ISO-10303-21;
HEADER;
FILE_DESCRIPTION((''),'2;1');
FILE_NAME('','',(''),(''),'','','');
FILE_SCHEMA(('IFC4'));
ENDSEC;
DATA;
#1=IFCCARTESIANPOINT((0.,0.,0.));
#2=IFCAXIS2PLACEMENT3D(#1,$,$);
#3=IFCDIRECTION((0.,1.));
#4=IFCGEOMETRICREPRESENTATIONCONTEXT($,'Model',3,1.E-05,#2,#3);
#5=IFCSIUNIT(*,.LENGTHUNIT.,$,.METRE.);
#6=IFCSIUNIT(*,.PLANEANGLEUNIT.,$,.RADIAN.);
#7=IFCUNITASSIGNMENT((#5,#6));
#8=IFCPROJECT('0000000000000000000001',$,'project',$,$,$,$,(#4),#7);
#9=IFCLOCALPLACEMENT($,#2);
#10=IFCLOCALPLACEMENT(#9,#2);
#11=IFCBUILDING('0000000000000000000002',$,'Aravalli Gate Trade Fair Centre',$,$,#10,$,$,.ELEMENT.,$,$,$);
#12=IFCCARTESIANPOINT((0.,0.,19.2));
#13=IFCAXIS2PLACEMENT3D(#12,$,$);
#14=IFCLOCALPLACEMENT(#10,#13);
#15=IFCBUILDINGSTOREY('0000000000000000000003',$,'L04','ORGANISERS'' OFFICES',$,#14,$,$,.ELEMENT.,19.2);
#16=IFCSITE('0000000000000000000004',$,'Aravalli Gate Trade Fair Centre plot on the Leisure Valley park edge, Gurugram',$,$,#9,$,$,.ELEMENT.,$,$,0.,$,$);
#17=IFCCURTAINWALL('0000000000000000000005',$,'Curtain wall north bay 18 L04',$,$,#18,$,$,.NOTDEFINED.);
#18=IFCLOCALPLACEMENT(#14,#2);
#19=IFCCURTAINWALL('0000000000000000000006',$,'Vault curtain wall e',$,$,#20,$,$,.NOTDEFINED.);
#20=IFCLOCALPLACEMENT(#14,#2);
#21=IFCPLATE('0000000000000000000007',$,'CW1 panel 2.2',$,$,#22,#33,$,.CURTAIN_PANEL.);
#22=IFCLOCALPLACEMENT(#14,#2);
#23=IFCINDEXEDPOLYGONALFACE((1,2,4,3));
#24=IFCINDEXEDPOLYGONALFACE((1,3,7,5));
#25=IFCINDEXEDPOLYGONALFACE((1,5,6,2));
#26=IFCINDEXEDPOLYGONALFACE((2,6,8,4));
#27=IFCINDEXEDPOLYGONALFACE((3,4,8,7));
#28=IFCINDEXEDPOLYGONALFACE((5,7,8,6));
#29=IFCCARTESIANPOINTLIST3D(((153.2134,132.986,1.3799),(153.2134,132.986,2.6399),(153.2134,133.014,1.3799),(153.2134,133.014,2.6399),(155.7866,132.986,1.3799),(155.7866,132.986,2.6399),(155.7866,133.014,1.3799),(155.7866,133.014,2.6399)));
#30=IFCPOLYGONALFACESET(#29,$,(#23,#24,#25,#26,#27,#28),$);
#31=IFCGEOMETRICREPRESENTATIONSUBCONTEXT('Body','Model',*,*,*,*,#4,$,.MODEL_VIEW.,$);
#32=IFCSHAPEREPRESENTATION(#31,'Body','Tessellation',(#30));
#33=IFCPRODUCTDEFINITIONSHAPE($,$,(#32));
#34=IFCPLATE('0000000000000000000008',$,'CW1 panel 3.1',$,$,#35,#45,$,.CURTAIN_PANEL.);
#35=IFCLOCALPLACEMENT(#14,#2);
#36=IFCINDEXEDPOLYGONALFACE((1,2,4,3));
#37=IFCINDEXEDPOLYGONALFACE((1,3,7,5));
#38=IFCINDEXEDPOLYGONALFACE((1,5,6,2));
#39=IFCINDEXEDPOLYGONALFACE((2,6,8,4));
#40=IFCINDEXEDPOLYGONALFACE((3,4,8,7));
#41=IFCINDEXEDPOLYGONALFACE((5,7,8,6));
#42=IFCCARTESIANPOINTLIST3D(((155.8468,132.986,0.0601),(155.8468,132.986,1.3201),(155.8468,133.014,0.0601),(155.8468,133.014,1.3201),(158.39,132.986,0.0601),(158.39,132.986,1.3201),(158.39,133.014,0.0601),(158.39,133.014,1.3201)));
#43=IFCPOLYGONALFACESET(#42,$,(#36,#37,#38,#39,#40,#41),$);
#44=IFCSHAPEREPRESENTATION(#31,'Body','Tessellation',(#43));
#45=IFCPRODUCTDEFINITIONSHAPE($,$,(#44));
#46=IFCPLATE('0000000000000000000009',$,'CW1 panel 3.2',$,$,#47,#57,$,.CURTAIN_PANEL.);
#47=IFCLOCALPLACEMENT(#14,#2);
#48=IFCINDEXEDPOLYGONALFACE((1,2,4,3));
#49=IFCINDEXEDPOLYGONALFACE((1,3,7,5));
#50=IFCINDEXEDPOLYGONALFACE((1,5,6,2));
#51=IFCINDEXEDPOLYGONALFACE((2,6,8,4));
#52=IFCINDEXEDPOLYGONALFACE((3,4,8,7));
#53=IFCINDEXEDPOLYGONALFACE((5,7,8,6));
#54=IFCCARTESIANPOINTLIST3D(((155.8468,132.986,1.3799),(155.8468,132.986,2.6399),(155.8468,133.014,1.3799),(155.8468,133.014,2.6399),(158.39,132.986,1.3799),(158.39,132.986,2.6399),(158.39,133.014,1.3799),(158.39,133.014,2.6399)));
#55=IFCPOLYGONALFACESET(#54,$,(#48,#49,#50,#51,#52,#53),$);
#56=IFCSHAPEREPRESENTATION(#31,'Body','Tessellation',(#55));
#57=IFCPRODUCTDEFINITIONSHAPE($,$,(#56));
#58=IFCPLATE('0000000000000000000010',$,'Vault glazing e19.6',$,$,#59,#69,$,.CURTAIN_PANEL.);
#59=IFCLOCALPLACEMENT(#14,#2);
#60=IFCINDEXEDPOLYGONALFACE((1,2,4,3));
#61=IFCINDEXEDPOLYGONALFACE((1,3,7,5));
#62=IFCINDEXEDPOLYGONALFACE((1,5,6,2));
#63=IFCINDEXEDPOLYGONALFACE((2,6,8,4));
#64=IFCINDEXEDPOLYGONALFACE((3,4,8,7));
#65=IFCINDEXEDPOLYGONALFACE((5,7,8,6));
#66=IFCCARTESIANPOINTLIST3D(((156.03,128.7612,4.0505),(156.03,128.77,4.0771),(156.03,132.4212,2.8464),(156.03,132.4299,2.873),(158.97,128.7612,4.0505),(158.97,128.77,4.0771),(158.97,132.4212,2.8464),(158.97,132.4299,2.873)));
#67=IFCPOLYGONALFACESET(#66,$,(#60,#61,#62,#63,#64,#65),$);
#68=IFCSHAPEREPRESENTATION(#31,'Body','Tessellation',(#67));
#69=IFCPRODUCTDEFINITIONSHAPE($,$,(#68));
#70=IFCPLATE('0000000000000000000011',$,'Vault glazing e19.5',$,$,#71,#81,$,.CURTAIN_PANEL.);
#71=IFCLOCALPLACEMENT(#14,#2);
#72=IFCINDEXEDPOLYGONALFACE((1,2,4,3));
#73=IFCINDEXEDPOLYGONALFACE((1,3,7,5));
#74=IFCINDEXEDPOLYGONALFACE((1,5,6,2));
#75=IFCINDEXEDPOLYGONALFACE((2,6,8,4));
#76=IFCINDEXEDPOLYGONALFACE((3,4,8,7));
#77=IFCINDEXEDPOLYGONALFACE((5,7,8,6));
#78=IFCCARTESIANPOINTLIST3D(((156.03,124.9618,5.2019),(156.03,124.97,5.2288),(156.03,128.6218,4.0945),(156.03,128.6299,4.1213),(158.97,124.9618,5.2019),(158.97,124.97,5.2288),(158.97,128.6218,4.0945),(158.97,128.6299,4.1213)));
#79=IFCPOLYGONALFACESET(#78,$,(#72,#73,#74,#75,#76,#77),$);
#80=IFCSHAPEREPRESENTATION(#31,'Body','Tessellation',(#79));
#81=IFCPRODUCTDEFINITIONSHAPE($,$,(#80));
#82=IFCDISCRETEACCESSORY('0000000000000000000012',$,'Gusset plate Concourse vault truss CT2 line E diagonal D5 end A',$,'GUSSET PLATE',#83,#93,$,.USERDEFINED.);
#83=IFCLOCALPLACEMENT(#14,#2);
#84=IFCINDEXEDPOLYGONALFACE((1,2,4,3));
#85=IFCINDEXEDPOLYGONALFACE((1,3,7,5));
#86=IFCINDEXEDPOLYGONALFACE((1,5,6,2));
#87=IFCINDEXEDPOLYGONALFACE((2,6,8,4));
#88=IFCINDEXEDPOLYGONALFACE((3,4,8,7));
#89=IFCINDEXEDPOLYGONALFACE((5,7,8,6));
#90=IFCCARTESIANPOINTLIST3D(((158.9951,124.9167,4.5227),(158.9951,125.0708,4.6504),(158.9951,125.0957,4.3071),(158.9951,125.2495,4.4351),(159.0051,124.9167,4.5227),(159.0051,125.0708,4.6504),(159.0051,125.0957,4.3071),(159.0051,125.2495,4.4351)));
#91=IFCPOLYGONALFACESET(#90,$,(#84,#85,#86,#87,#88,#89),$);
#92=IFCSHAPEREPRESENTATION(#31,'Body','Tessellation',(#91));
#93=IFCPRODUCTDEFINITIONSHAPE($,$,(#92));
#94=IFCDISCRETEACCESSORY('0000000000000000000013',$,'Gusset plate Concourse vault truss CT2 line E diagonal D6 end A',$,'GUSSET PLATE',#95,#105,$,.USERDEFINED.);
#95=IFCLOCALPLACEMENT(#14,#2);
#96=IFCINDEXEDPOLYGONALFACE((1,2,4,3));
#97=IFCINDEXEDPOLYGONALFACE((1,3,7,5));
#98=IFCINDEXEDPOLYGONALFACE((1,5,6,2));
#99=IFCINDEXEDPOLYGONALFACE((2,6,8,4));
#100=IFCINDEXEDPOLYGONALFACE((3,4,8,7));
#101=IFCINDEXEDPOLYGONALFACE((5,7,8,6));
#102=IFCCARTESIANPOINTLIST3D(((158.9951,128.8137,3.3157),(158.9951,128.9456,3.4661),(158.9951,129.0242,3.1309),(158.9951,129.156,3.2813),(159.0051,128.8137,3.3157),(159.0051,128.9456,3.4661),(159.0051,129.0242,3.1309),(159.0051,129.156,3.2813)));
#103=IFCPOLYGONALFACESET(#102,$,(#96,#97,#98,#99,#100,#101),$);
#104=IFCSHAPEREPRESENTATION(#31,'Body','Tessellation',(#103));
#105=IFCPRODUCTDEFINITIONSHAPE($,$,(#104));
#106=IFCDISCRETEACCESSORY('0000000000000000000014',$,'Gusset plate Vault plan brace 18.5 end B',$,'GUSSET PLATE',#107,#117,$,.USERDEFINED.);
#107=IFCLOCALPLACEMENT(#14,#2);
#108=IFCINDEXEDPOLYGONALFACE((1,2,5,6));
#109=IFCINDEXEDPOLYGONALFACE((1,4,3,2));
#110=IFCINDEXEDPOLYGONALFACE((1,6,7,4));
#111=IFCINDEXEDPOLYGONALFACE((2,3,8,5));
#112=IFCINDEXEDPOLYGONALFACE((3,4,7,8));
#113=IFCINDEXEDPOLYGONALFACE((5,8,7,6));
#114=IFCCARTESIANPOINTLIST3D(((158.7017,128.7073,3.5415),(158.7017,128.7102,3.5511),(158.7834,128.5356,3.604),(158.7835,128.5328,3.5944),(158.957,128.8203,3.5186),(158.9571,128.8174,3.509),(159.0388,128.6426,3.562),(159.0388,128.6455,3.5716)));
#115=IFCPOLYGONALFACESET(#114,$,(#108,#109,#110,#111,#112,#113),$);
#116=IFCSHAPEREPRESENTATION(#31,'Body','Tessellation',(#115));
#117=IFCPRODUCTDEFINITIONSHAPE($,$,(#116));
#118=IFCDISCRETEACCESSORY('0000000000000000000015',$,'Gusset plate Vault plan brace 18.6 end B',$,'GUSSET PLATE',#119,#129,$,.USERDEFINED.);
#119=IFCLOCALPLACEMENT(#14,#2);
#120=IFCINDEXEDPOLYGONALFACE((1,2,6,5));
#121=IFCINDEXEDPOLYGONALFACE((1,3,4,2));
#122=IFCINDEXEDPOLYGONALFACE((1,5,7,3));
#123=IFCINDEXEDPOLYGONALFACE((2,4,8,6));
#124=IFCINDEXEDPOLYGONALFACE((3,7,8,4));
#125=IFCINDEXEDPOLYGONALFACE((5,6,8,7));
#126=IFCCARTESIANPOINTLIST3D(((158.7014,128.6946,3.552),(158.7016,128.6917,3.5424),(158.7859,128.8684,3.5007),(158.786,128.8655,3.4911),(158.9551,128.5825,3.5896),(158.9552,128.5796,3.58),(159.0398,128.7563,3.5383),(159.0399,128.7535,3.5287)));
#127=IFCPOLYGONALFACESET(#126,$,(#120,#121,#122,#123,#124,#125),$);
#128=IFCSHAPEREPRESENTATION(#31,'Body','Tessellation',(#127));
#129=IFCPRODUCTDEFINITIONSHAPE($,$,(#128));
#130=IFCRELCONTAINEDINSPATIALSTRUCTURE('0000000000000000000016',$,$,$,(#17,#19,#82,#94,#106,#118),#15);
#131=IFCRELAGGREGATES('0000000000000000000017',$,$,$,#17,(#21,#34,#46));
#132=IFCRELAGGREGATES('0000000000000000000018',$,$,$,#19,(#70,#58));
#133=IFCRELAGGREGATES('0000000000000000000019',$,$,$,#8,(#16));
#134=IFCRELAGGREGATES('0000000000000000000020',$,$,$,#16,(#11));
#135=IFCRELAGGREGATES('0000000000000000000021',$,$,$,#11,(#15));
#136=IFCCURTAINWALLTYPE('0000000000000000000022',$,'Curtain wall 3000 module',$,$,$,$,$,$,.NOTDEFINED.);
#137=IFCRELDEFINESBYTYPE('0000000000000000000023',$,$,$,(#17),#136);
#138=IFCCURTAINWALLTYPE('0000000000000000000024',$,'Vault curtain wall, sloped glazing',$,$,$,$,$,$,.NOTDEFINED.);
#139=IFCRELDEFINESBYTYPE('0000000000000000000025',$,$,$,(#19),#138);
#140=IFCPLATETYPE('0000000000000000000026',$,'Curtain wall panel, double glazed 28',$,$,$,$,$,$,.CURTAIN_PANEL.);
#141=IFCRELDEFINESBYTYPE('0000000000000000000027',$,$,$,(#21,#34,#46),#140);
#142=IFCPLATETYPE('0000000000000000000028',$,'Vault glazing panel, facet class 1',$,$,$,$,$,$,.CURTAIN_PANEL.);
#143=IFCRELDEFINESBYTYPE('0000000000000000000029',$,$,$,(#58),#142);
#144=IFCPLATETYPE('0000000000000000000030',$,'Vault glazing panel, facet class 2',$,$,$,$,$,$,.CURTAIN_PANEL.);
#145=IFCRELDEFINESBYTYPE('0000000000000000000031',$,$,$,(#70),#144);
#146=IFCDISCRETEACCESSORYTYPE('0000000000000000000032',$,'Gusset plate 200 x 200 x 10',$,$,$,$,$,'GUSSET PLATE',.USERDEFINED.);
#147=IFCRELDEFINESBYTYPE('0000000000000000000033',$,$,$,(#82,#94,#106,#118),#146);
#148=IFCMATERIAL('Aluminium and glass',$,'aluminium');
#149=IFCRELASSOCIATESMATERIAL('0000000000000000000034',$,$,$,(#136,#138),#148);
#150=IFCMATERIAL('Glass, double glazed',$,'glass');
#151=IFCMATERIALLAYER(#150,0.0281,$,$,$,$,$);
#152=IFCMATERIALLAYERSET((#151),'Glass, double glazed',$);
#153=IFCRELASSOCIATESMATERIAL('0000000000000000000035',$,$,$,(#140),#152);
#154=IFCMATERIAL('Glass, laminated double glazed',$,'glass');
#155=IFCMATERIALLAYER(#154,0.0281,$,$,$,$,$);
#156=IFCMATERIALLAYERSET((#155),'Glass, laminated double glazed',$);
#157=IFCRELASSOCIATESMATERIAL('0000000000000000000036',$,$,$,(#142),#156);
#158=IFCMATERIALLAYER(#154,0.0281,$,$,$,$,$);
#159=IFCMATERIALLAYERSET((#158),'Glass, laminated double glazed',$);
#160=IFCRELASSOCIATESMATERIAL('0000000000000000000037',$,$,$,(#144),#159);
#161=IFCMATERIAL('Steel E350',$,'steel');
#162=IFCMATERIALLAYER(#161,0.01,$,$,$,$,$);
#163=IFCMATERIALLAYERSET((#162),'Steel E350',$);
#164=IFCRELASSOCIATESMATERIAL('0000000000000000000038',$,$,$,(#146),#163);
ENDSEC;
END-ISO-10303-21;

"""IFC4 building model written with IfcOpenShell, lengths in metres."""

from ifc_helpers import new_model, si_unit, direction, frame, origin, origin_2d, place, context, subcontext, project, spatial, polyline, rectangle, outline, extrude, material, layer, layer_set, type_object, element, aggregate, save


model = new_model("IFC4")

# Units and contexts
model_context = context("Model", 3, precision=1e-05, world=origin(), true_north=direction((0.0, 1.0)))
body_context = subcontext(model_context, "Body", "Model", "MODEL_VIEW")
ifc_project = project(units=[si_unit("LENGTHUNIT", "METRE"), si_unit("PLANEANGLEUNIT", "RADIAN")], contexts=[model_context])

# Site, building, storey
site_placement = place(None, origin())
site = spatial("IfcSite", under=ifc_project, at=site_placement, Name="Aravalli Gate Trade Fair Centre plot on the Leisure Valley park edge, Gurugram", CompositionType="ELEMENT", RefElevation=0.0)
building_placement = place(site_placement, origin())
building = spatial("IfcBuilding", under=site, at=building_placement, Name="Aravalli Gate Trade Fair Centre", CompositionType="ELEMENT")
storey_placement = place(building_placement, frame((0.0, 0.0, 19.2)))
storey = spatial("IfcBuildingStorey", under=building, at=storey_placement, Name="L04", Description="ORGANISERS' OFFICES", CompositionType="ELEMENT", Elevation=19.2)

# Curtain wall
ifc_material_1 = material(Name="Aluminium and glass", Category="aluminium")
curtain_wall_type_1 = type_object("IfcCurtainWallType", Name="Curtain wall 3000 module", PredefinedType="NOTDEFINED", material=ifc_material_1)
curtain_wall_1_placement = place(storey_placement, origin())
curtain_wall_1 = element("IfcCurtainWall", 1, at=curtain_wall_1_placement, inside=storey, type_object=curtain_wall_type_1, Name="Curtain wall north bay 18 L04", PredefinedType="NOTDEFINED")

# Curtain wall
curtain_wall_type_2 = type_object("IfcCurtainWallType", Name="Vault curtain wall, sloped glazing", PredefinedType="NOTDEFINED", material=ifc_material_1)
curtain_wall_2_placement = place(storey_placement, origin())
curtain_wall_2 = element("IfcCurtainWall", 2, at=curtain_wall_2_placement, inside=storey, type_object=curtain_wall_type_2, Name="Vault curtain wall e", PredefinedType="NOTDEFINED")

# Plates
ifc_material_2 = material(Name="Glass, double glazed", Category="glass")
ifc_layer_1 = layer(ifc_material_2, 0.0281)
ifc_layer_set_1 = layer_set([ifc_layer_1], Name="Glass, double glazed")
plate_type_1 = type_object("IfcPlateType", Name="Curtain wall panel, double glazed 28", PredefinedType="CURTAIN_PANEL", material=ifc_layer_set_1)
plate_1_placement = place(storey_placement, frame((154.5, 133.0, 1.3799), z_axis=(0.0, 0.0, 1.0), x_axis=(1.0, 0.0, 0.0)))
plate_1 = element("IfcPlate", 3, at=plate_1_placement, type_object=plate_type_1, Name="CW1 panel 2.2", PredefinedType="CURTAIN_PANEL", context=body_context, shape_type="SweptSolid", body=[
    extrude(rectangle(XDim=2.5732, YDim=0.0281, at=origin_2d()), origin(), (0.0, 0.0, 1.0), 1.26),
])
plate_2_placement = place(storey_placement, frame((157.1184, 133.0, 0.0601), z_axis=(0.0, 0.0, 1.0), x_axis=(1.0, 0.0, 0.0)))
plate_2 = element("IfcPlate", 4, at=plate_2_placement, type_object=plate_type_1, Name="CW1 panel 3.1", PredefinedType="CURTAIN_PANEL", context=body_context, shape_type="SweptSolid", body=[
    extrude(rectangle(XDim=2.5432, YDim=0.0281, at=origin_2d()), origin(), (0.0, 0.0, 1.0), 1.26),
])
plate_3_placement = place(storey_placement, frame((157.1184, 133.0, 1.3799), z_axis=(0.0, 0.0, 1.0), x_axis=(1.0, 0.0, 0.0)))
plate_3 = element("IfcPlate", 5, at=plate_3_placement, type_object=plate_type_1, Name="CW1 panel 3.2", PredefinedType="CURTAIN_PANEL", context=body_context, shape_type="SweptSolid", body=[
    extrude(rectangle(XDim=2.5432, YDim=0.0281, at=origin_2d()), origin(), (0.0, 0.0, 1.0), 1.26),
])
aggregate(curtain_wall_1, [plate_1, plate_2, plate_3])
ifc_material_3 = material(Name="Glass, laminated double glazed", Category="glass")
ifc_layer_2 = layer(ifc_material_3, 0.0281)
ifc_layer_set_2 = layer_set([ifc_layer_2], Name="Glass, laminated double glazed")
plate_type_2 = type_object("IfcPlateType", Name="Vault glazing panel, facet class 1", PredefinedType="CURTAIN_PANEL", material=ifc_layer_set_2)
plate_4_placement = place(storey_placement, frame((156.03, 128.77, 4.0771), z_axis=(0.0, 0.312518, 0.949912), x_axis=(1.0, 0.0, 0.0)))
plate_4 = element("IfcPlate", 6, at=plate_4_placement, type_object=plate_type_2, Name="Vault glazing e19.6", PredefinedType="CURTAIN_PANEL", context=body_context, shape_type="SweptSolid", body=[
    extrude(outline(polyline([(0.0, 0.0), (2.9399, 0.0), (2.9399, 3.8529), (0.0, 3.8529), (0.0, 0.0)])), origin(), (0.0, 0.0, -1.0), 0.0281),
])
ifc_layer_3 = layer(ifc_material_3, 0.0281)
ifc_layer_set_3 = layer_set([ifc_layer_3], Name="Glass, laminated double glazed")
plate_type_3 = type_object("IfcPlateType", Name="Vault glazing panel, facet class 2", PredefinedType="CURTAIN_PANEL", material=ifc_layer_set_3)
plate_5_placement = place(storey_placement, frame((156.03, 124.97, 5.2288), z_axis=(0.0, 0.289614, 0.957144), x_axis=(1.0, 0.0, 0.0)))
plate_5 = element("IfcPlate", 7, at=plate_5_placement, type_object=plate_type_3, Name="Vault glazing e19.5", PredefinedType="CURTAIN_PANEL", context=body_context, shape_type="SweptSolid", body=[
    extrude(outline(polyline([(0.0, 0.0), (2.9399, 0.0), (2.9399, 3.8238), (0.0, 3.8238), (0.0, 0.0)])), origin(), (0.0, 0.0, -1.0), 0.0281),
])
aggregate(curtain_wall_2, [plate_5, plate_4])

# Discrete accessories
ifc_material_4 = material(Name="Steel E350", Category="steel")
ifc_layer_4 = layer(ifc_material_4, 0.01)
ifc_layer_set_4 = layer_set([ifc_layer_4], Name="Steel E350")
discrete_accessory_type = type_object("IfcDiscreteAccessoryType", Name="Gusset plate 200 x 200 x 10", ElementType="GUSSET PLATE", PredefinedType="USERDEFINED", material=ifc_layer_set_4)
discrete_accessory_1_placement = place(storey_placement, frame((158.9951, 125.0957, 4.3071), z_axis=(-1.0, 0.0, 0.0), x_axis=(0.0, -0.638726, 0.769434)))
element("IfcDiscreteAccessory", 8, at=discrete_accessory_1_placement, inside=storey, type_object=discrete_accessory_type, Name="Gusset plate Concourse vault truss CT2 line E diagonal D5 end A", ObjectType="GUSSET PLATE", PredefinedType="USERDEFINED", context=body_context, shape_type="SweptSolid", body=[
    extrude(outline(polyline([(0.0, 0.0), (0.2802, 0.0), (0.28, 0.2001), (0.0002, 0.2001), (0.0, 0.0)])), origin(), (0.0, 0.0, -1.0), 0.01),
])
discrete_accessory_2_placement = place(storey_placement, frame((158.9951, 129.0242, 3.1309), z_axis=(-1.0, 0.0, 0.0), x_axis=(0.0, -0.751388, 0.659861)))
element("IfcDiscreteAccessory", 9, at=discrete_accessory_2_placement, inside=storey, type_object=discrete_accessory_type, Name="Gusset plate Concourse vault truss CT2 line E diagonal D6 end A", ObjectType="GUSSET PLATE", PredefinedType="USERDEFINED", context=body_context, shape_type="SweptSolid", body=[
    extrude(outline(polyline([(0.0, 0.0), (0.2801, 0.0), (0.2803, 0.2), (0.0002, 0.2), (0.0, 0.0)])), origin(), (0.0, 0.0, -1.0), 0.01),
])
discrete_accessory_3_placement = place(storey_placement, frame((158.7834, 128.5356, 3.604), z_axis=(-0.002764, 0.289043, 0.957312), x_axis=(0.912396, 0.392559, -0.115891)))
element("IfcDiscreteAccessory", 10, at=discrete_accessory_3_placement, inside=storey, type_object=discrete_accessory_type, Name="Gusset plate Vault plan brace 18.5 end B", ObjectType="GUSSET PLATE", PredefinedType="USERDEFINED", context=body_context, shape_type="SweptSolid", body=[
    extrude(outline(polyline([(0.0, 0.0), (0.2799, 0.0), (0.28, 0.2001), (0.0, 0.1999), (0.0, 0.0)])), origin(), (0.0, 0.0, -1.0), 0.01),
])
discrete_accessory_4_placement = place(storey_placement, frame((158.7014, 128.6946, 3.552), z_axis=(-0.014113, 0.28918, 0.957171), x_axis=(0.906424, -0.400434, 0.134344)))
element("IfcDiscreteAccessory", 11, at=discrete_accessory_4_placement, inside=storey, type_object=discrete_accessory_type, Name="Gusset plate Vault plan brace 18.6 end B", ObjectType="GUSSET PLATE", PredefinedType="USERDEFINED", context=body_context, shape_type="SweptSolid", body=[
    extrude(outline(polyline([(0.0, 0.0), (0.2798, 0.0), (0.2801, 0.2001), (0.0001, 0.2), (0.0, 0.0)])), origin(), (0.0, 0.0, -1.0), 0.01),
])

save(model, "model.ifc")
